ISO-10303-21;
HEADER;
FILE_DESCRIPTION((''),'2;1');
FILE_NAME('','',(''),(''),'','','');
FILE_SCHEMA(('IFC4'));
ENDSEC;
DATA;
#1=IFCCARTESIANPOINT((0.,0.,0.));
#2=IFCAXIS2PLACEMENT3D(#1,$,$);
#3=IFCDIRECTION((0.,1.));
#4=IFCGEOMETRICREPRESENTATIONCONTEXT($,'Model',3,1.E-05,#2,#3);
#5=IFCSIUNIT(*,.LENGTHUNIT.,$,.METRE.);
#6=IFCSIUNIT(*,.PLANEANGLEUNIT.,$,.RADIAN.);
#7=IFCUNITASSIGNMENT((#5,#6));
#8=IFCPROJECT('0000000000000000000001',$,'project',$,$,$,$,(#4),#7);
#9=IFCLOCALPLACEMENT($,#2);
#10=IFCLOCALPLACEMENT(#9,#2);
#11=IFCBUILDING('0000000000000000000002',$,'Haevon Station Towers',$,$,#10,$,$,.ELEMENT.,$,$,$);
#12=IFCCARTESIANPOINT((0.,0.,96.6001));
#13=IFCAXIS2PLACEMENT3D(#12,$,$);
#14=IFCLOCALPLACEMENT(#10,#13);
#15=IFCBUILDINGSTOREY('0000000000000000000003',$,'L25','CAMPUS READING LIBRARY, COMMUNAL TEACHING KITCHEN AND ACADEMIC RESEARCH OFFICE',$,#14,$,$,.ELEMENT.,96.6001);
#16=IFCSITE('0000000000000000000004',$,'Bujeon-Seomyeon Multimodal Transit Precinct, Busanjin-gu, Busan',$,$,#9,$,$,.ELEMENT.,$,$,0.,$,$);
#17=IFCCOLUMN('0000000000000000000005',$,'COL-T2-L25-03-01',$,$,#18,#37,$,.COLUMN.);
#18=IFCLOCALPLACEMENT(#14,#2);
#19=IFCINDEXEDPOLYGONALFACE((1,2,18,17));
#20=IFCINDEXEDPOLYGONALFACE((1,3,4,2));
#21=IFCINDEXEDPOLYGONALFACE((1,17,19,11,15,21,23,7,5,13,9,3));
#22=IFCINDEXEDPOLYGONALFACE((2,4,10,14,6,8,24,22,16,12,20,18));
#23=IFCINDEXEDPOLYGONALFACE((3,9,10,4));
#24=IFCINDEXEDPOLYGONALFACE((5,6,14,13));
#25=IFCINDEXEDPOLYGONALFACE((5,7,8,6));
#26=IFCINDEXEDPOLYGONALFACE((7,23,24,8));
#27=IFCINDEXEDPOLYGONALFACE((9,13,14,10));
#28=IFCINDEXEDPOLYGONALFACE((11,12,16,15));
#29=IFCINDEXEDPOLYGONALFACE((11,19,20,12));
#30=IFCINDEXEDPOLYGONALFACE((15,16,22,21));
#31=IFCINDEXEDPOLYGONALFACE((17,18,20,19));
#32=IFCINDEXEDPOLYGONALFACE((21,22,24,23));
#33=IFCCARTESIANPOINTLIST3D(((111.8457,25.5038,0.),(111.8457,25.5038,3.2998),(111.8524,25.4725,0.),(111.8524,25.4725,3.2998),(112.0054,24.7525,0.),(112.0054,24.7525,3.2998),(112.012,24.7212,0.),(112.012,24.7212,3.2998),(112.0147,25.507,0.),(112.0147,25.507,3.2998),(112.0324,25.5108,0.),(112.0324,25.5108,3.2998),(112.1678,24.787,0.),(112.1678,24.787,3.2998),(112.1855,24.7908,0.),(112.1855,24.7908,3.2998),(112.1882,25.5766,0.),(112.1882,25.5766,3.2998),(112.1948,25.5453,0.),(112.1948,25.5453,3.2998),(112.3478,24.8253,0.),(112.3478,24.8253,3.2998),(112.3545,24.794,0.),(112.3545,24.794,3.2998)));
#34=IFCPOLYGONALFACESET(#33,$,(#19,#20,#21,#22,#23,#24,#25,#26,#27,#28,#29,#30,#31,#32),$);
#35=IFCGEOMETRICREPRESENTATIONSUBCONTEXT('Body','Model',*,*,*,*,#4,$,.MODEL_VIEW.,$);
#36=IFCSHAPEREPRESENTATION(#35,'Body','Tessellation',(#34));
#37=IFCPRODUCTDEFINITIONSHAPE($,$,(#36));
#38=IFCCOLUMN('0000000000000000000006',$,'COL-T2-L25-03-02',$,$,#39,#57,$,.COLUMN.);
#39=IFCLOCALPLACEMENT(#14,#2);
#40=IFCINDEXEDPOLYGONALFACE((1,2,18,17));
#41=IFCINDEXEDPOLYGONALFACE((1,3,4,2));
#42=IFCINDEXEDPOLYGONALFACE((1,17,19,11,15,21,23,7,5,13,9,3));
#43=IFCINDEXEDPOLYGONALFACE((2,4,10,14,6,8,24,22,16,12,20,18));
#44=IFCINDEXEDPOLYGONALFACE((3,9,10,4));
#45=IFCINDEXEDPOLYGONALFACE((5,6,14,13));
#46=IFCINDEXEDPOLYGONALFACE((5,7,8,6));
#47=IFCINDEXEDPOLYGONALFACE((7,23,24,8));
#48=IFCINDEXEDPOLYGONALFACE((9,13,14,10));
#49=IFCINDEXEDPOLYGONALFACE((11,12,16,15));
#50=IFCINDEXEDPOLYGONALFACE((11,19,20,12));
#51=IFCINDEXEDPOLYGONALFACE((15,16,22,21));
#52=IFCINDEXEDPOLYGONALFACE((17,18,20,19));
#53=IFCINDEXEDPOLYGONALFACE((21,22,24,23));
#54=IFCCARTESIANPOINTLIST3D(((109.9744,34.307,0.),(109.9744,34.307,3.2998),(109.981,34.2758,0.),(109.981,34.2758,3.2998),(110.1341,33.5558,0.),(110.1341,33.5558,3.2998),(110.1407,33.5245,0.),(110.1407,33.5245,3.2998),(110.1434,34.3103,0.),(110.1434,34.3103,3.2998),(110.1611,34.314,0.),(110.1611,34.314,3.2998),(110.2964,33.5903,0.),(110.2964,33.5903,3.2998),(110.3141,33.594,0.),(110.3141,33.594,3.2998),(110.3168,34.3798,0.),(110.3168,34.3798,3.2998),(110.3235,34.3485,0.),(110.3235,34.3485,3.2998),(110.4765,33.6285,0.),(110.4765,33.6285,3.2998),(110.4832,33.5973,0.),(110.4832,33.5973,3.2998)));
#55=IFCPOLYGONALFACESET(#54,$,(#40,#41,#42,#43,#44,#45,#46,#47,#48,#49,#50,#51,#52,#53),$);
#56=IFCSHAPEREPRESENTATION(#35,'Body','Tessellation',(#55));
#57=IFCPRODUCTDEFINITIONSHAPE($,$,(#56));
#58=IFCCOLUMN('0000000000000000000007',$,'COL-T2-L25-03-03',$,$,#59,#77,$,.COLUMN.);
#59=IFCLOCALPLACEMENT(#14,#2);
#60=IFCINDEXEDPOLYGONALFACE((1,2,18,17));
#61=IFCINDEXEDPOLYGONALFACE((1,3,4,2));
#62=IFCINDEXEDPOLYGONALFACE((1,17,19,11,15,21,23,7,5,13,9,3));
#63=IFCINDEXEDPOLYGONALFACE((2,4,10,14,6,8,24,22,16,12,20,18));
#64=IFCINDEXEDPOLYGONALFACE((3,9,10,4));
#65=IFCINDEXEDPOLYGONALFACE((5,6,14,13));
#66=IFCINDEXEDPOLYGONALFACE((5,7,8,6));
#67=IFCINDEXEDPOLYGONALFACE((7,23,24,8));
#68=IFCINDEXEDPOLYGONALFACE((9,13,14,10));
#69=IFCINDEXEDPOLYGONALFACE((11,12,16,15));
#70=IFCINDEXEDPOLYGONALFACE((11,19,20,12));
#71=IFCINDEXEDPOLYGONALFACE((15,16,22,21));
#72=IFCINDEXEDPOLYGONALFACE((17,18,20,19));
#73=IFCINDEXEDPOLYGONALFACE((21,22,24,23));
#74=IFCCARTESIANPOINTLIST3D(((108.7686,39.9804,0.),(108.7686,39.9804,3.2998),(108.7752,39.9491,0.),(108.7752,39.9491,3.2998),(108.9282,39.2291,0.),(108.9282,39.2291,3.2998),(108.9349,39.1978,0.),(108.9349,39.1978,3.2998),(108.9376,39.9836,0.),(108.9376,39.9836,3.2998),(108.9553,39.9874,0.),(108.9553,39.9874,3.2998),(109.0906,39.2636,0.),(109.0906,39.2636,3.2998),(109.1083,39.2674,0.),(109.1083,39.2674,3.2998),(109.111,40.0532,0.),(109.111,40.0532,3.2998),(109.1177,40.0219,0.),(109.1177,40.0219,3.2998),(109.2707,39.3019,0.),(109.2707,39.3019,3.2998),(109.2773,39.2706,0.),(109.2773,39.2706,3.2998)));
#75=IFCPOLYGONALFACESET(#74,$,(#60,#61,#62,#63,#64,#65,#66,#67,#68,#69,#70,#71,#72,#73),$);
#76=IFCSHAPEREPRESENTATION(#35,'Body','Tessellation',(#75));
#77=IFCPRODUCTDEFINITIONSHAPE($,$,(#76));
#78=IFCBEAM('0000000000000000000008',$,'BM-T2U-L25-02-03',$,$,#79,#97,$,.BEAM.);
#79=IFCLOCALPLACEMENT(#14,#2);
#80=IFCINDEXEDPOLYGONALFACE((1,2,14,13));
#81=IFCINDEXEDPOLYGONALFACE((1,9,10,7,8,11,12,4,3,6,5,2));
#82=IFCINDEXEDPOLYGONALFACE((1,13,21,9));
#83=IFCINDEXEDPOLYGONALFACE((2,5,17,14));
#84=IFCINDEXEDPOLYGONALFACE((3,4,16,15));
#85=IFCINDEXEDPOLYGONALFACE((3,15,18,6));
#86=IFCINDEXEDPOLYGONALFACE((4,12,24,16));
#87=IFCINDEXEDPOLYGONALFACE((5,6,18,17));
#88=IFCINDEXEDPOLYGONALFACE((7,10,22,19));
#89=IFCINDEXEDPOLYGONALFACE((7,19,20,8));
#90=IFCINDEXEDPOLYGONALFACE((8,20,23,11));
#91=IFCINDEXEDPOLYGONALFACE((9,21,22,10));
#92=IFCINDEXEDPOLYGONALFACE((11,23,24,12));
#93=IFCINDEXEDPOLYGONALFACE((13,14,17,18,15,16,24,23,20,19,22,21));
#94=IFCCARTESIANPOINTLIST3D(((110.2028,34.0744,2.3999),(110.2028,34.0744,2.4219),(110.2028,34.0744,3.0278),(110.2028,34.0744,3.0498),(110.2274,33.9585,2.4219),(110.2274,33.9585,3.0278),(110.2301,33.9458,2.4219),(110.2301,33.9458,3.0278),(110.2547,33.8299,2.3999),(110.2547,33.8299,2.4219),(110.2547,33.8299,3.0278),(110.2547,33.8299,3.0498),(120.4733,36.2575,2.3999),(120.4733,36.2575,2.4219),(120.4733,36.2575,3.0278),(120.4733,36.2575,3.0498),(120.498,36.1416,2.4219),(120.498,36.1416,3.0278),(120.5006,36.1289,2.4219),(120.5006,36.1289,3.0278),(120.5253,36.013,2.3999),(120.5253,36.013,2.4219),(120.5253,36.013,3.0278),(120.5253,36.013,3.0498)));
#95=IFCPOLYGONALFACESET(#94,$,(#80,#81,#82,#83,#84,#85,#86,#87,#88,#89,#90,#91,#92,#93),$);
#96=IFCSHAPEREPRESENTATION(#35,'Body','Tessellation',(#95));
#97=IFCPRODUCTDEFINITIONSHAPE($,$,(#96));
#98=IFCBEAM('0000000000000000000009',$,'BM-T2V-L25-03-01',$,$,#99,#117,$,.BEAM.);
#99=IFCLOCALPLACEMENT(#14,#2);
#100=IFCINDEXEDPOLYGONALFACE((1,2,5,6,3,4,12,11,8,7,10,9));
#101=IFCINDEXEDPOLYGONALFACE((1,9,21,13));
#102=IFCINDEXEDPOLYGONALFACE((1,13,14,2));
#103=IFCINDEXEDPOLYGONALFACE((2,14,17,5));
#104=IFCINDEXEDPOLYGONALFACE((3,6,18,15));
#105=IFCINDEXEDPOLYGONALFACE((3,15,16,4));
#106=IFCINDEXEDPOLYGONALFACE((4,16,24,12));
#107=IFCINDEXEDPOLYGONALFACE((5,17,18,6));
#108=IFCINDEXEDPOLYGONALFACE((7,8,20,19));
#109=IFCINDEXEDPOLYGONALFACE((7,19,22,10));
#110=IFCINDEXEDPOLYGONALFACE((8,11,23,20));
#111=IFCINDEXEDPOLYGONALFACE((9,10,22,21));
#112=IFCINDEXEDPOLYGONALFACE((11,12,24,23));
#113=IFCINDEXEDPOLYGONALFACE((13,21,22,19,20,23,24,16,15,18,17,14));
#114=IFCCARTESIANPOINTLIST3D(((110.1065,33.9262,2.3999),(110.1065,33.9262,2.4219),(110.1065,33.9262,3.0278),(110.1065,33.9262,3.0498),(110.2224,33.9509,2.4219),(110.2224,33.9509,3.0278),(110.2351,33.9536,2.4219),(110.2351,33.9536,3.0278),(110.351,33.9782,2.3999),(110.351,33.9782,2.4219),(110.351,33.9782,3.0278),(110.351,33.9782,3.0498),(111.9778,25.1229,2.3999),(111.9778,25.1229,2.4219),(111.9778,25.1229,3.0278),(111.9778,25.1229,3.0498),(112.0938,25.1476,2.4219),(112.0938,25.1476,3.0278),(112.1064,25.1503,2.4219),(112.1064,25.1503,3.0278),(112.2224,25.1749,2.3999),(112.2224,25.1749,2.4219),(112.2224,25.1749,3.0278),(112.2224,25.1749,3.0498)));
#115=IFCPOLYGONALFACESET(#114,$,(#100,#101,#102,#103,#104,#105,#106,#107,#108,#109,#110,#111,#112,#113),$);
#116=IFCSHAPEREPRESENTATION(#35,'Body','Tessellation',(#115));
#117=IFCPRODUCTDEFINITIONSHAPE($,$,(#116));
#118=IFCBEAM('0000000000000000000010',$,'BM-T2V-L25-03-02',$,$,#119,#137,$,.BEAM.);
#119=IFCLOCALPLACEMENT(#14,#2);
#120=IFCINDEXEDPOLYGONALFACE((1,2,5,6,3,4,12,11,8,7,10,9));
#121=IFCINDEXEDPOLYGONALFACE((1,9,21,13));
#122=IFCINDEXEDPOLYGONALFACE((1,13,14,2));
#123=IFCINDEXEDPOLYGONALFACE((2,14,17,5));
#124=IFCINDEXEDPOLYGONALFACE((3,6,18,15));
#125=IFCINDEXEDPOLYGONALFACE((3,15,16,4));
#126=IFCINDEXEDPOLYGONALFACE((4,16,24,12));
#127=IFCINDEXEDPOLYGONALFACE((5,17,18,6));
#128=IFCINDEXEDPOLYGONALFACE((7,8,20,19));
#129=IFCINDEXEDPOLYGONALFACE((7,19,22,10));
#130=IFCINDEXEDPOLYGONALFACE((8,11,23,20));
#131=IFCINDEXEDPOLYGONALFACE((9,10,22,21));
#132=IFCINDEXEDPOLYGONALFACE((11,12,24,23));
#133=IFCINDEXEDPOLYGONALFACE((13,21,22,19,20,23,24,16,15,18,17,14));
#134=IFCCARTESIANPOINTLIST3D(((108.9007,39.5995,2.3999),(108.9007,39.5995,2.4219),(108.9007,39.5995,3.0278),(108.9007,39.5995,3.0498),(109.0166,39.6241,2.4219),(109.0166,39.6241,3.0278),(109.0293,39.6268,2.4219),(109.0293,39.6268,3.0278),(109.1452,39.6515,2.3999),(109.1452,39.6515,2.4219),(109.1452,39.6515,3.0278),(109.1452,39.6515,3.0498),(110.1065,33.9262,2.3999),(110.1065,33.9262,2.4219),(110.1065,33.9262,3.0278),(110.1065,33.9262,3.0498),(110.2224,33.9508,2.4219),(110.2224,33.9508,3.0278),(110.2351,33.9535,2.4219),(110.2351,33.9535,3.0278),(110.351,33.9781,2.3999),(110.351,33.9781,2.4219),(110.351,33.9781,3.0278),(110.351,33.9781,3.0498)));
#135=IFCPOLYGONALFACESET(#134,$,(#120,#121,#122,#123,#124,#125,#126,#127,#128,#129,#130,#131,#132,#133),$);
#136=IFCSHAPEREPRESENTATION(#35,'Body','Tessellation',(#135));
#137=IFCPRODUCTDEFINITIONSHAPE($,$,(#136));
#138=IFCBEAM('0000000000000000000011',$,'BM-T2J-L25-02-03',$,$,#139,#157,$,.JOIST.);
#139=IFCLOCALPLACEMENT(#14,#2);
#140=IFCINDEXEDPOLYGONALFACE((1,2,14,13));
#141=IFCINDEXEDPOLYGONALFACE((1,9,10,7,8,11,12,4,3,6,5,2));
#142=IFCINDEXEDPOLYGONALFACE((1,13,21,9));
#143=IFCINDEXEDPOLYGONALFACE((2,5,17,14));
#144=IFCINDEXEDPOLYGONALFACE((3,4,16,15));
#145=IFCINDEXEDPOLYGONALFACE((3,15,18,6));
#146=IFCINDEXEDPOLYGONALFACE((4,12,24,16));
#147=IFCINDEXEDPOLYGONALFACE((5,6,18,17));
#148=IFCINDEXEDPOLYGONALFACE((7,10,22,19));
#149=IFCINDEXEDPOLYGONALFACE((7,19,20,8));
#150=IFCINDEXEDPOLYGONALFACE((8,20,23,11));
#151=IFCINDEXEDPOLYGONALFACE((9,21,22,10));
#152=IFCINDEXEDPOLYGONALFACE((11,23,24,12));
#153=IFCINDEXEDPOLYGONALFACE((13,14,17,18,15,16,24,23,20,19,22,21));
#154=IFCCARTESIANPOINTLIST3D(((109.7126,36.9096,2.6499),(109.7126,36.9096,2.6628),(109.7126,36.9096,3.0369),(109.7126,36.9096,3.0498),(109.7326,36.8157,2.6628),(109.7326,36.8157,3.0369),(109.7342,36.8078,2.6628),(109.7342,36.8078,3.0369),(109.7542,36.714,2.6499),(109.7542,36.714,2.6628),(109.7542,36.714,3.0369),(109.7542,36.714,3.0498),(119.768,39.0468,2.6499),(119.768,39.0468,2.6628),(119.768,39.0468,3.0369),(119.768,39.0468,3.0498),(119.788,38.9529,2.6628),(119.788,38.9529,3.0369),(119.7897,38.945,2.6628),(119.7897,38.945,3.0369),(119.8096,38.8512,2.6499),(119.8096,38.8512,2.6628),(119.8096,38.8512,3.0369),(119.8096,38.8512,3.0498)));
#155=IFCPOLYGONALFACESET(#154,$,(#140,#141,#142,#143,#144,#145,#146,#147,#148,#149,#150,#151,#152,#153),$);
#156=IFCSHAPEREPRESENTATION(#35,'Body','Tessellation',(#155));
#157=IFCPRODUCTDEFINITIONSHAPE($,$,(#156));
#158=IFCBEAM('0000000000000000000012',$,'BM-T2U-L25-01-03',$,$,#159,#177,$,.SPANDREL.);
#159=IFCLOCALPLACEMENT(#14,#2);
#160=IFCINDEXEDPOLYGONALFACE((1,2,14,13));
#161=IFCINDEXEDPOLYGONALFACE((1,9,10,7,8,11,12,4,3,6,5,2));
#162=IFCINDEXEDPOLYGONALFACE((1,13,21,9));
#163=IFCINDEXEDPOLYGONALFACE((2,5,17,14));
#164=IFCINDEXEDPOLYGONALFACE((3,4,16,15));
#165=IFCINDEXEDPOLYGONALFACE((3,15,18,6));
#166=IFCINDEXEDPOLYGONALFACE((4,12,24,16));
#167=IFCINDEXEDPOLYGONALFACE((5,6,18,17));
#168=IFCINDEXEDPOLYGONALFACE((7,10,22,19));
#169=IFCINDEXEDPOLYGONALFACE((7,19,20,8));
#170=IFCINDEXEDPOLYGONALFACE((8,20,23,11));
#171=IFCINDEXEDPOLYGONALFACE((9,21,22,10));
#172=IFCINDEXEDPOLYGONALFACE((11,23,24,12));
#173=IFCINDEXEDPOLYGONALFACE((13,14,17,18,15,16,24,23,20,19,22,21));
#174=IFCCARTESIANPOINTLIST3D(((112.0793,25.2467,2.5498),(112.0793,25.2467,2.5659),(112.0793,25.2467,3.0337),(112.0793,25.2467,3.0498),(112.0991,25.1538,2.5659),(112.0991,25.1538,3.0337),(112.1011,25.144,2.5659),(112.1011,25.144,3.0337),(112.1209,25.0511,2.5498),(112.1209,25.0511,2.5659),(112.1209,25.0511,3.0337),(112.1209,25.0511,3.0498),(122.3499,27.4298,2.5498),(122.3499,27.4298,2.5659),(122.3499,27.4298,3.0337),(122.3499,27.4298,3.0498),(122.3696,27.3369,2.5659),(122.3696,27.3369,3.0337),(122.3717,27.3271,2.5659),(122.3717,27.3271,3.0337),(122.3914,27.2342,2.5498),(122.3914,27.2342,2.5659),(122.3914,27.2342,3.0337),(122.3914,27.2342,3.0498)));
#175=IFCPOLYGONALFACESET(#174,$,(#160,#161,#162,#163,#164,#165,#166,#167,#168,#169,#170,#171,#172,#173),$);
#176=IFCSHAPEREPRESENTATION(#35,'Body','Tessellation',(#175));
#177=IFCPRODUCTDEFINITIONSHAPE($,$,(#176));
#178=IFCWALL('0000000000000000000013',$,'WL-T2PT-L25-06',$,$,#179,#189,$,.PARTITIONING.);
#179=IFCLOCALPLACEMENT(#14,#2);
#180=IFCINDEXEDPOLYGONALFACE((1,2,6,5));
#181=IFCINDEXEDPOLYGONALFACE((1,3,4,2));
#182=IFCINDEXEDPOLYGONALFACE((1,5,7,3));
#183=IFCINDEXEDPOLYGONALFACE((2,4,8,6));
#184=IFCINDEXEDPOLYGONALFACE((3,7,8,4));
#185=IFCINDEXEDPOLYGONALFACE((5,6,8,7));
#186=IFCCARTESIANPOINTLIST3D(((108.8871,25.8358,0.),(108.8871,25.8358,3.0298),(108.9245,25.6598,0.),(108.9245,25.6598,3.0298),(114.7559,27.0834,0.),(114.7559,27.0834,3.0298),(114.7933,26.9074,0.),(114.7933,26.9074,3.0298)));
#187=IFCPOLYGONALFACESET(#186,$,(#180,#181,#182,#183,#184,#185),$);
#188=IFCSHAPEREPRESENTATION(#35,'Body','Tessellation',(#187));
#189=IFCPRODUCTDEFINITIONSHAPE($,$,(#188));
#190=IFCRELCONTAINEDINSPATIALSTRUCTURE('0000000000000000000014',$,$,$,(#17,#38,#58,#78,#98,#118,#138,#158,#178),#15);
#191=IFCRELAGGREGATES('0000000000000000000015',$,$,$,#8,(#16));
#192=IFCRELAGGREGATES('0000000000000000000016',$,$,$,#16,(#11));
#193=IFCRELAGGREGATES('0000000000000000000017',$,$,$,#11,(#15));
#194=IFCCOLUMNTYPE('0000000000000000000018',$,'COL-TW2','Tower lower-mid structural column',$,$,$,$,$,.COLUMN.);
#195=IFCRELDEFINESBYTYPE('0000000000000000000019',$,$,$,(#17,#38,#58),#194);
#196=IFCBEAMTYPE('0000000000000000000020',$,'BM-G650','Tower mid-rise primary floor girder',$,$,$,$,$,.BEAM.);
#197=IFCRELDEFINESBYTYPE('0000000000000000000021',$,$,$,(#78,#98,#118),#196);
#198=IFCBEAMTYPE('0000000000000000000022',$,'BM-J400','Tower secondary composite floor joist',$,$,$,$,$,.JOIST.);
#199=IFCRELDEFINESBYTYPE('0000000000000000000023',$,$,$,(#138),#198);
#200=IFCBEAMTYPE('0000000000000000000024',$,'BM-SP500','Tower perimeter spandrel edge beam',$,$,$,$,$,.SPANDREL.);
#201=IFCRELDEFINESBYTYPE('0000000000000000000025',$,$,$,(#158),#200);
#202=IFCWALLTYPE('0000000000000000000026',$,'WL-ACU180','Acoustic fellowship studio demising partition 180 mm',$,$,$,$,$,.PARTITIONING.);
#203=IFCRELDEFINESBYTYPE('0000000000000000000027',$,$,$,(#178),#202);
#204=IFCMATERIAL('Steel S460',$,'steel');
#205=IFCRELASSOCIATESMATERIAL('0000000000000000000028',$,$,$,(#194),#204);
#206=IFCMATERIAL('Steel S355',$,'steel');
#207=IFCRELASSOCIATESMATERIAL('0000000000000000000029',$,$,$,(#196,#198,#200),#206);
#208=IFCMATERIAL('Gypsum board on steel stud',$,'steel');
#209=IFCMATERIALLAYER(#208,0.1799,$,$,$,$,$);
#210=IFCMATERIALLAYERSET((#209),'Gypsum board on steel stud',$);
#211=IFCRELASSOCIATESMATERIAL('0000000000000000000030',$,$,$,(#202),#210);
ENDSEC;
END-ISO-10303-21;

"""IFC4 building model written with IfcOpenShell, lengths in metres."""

from ifc_helpers import new_model, si_unit, direction, frame, frame_2d, origin, origin_2d, place, context, subcontext, project, spatial, rectangle, i_section, extrude, material, layer, layer_set, material_profile, profile_set, type_object, element, save


model = new_model("IFC4")

# Units and contexts
model_context = context("Model", 3, precision=1e-05, world=origin(), true_north=direction((0.0, 1.0)))
body_context = subcontext(model_context, "Body", "Model", "MODEL_VIEW")
ifc_project = project(units=[si_unit("LENGTHUNIT", "METRE"), si_unit("PLANEANGLEUNIT", "RADIAN")], contexts=[model_context])

# Site, building, storey
site_placement = place(None, origin())
site = spatial("IfcSite", under=ifc_project, at=site_placement, Name="Bujeon-Seomyeon Multimodal Transit Precinct, Busanjin-gu, Busan", CompositionType="ELEMENT", RefElevation=0.0)
building_placement = place(site_placement, origin())
building = spatial("IfcBuilding", under=site, at=building_placement, Name="Haevon Station Towers", CompositionType="ELEMENT")
storey_placement = place(building_placement, frame((0.0, 0.0, 96.6001)))
storey = spatial("IfcBuildingStorey", under=building, at=storey_placement, Name="L25", Description="CAMPUS READING LIBRARY, COMMUNAL TEACHING KITCHEN AND ACADEMIC RESEARCH OFFICE", CompositionType="ELEMENT", Elevation=96.6001)

# Columns
ifc_material_1 = material(Name="Steel S460", Category="steel")
ifc_material_profile_1 = material_profile(ifc_material_1, i_section(OverallWidth=0.3501, OverallDepth=0.8, WebThickness=0.0181, FlangeThickness=0.032, at=origin_2d()), Name="H-800x350x18x32")
ifc_profile_set_1 = profile_set([ifc_material_profile_1], Name="Steel S460")
column_type = type_object("IfcColumnType", Name="COL-TW2", Description="Tower lower-mid structural column", PredefinedType="COLUMN", material=ifc_profile_set_1)
for number, where, z_axis, x_axis, name in (
    (1, (112.1001, 25.1489, 0.0), (0.0, 0.0, 1.0), (0.978148, 0.207912, 0.0), "COL-T2-L25-03-01"),
    (2, (110.2288, 33.9521, 0.0), (0.0, 0.0, 1.0), (0.978148, 0.207912, 0.0), "COL-T2-L25-03-02"),
    (3, (109.0229, 39.6255, 0.0), (0.0, 0.0, 1.0), (0.978148, 0.207912, 0.0), "COL-T2-L25-03-03"),
):
    element("IfcColumn", number, at=place(storey_placement, frame(where, z_axis=z_axis, x_axis=x_axis)), inside=storey, type_object=column_type, Name=name, PredefinedType="COLUMN", context=body_context, shape_type="SweptSolid", body=[
        extrude(i_section(OverallWidth=0.3501, OverallDepth=0.8, WebThickness=0.0181, FlangeThickness=0.032, at=origin_2d()), origin(), (0.0, 0.0, 1.0), 3.2998),
    ])

# Beams
ifc_material_2 = material(Name="Steel S355", Category="steel")
ifc_material_profile_2 = material_profile(ifc_material_2, i_section(OverallWidth=0.25, OverallDepth=0.6499, WebThickness=0.0129, FlangeThickness=0.022, at=origin_2d()), Name="H-650x250x13x22")
ifc_profile_set_2 = profile_set([ifc_material_profile_2], Name="Steel S355")
beam_type_1 = type_object("IfcBeamType", Name="BM-G650", Description="Tower mid-rise primary floor girder", PredefinedType="BEAM", material=ifc_profile_set_2)
beam_1_placement = place(storey_placement, frame((110.2288, 33.9521, 2.7249), z_axis=(0.978147, 0.207915, 0.0), x_axis=(-0.207915, 0.978147, 0.0)))
element("IfcBeam", 4, at=beam_1_placement, inside=storey, type_object=beam_type_1, Name="BM-T2U-L25-02-03", PredefinedType="BEAM", context=body_context, shape_type="SweptSolid", body=[
    extrude(i_section(OverallWidth=0.25, OverallDepth=0.6499, WebThickness=0.0129, FlangeThickness=0.022, at=origin_2d()), origin(), (0.0, 0.0, 1.0), 10.5),
])
beam_2_placement = place(storey_placement, frame((112.1001, 25.1489, 2.7249), z_axis=(-0.207928, 0.978144, 0.0), x_axis=(-0.978144, -0.207928, 0.0)))
element("IfcBeam", 5, at=beam_2_placement, inside=storey, type_object=beam_type_1, Name="BM-T2V-L25-03-01", PredefinedType="BEAM", context=body_context, shape_type="SweptSolid", body=[
    extrude(i_section(OverallWidth=0.25, OverallDepth=0.6499, WebThickness=0.0129, FlangeThickness=0.022, at=origin_2d()), origin(), (0.0, 0.0, 1.0), 9.0),
])
beam_3_placement = place(storey_placement, frame((110.2288, 33.9521, 2.7249), z_axis=(-0.207896, 0.978151, 0.0), x_axis=(-0.978151, -0.207896, 0.0)))
element("IfcBeam", 6, at=beam_3_placement, inside=storey, type_object=beam_type_1, Name="BM-T2V-L25-03-02", PredefinedType="BEAM", context=body_context, shape_type="SweptSolid", body=[
    extrude(i_section(OverallWidth=0.25, OverallDepth=0.6499, WebThickness=0.0129, FlangeThickness=0.022, at=origin_2d()), origin(), (0.0, 0.0, 1.0), 5.8),
])
ifc_material_profile_3 = material_profile(ifc_material_2, i_section(OverallWidth=0.2, OverallDepth=0.3999, WebThickness=0.0081, FlangeThickness=0.0129, at=origin_2d()), Name="H-400x200x8x13")
ifc_profile_set_3 = profile_set([ifc_material_profile_3], Name="Steel S355")
beam_type_2 = type_object("IfcBeamType", Name="BM-J400", Description="Tower secondary composite floor joist", PredefinedType="JOIST", material=ifc_profile_set_3)
beam_4_placement = place(storey_placement, frame((109.7334, 36.8118, 2.8499), z_axis=(0.97815, 0.207899, 0.0), x_axis=(-0.207899, 0.97815, 0.0)))
element("IfcBeam", 7, at=beam_4_placement, inside=storey, type_object=beam_type_2, Name="BM-T2J-L25-02-03", PredefinedType="JOIST", context=body_context, shape_type="SweptSolid", body=[
    extrude(i_section(OverallWidth=0.2, OverallDepth=0.3999, WebThickness=0.0081, FlangeThickness=0.0129, at=origin_2d()), origin(), (0.0, 0.0, 1.0), 10.28),
])
ifc_material_profile_4 = material_profile(ifc_material_2, i_section(OverallWidth=0.2, OverallDepth=0.5, WebThickness=0.01, FlangeThickness=0.0161, at=origin_2d()), Name="H-500x200x10x16")
ifc_profile_set_4 = profile_set([ifc_material_profile_4], Name="Steel S355")
beam_type_3 = type_object("IfcBeamType", Name="BM-SP500", Description="Tower perimeter spandrel edge beam", PredefinedType="SPANDREL", material=ifc_profile_set_4)
beam_5_placement = place(storey_placement, frame((112.1001, 25.1489, 2.7998), z_axis=(0.978147, 0.207915, 0.0), x_axis=(-0.207915, 0.978147, 0.0)))
element("IfcBeam", 8, at=beam_5_placement, inside=storey, type_object=beam_type_3, Name="BM-T2U-L25-01-03", PredefinedType="SPANDREL", context=body_context, shape_type="SweptSolid", body=[
    extrude(i_section(OverallWidth=0.2, OverallDepth=0.5, WebThickness=0.01, FlangeThickness=0.0161, at=origin_2d()), origin(), (0.0, 0.0, 1.0), 10.5),
])

# Wall
ifc_material_3 = material(Name="Gypsum board on steel stud", Category="steel")
ifc_layer_1 = layer(ifc_material_3, 0.1799)
ifc_layer_set_1 = layer_set([ifc_layer_1], Name="Gypsum board on steel stud")
wall_type_1 = type_object("IfcWallType", Name="WL-ACU180", Description="Acoustic fellowship studio demising partition 180 mm", PredefinedType="PARTITIONING", material=ifc_layer_set_1)
wall_1_placement = place(storey_placement, frame((108.9058, 25.7478, 0.0), z_axis=(0.0, 0.0, 1.0), x_axis=(0.978145, 0.207925, 0.0)))
element("IfcWall", 9, at=wall_1_placement, inside=storey, type_object=wall_type_1, Name="WL-T2PT-L25-06", PredefinedType="PARTITIONING", context=body_context, shape_type="SweptSolid", body=[
    extrude(rectangle(XDim=6.0, YDim=0.1799, at=frame_2d((3.0, 0.0))), origin(), (0.0, 0.0, 1.0), 3.0298),
])

save(model, "model.ifc")
